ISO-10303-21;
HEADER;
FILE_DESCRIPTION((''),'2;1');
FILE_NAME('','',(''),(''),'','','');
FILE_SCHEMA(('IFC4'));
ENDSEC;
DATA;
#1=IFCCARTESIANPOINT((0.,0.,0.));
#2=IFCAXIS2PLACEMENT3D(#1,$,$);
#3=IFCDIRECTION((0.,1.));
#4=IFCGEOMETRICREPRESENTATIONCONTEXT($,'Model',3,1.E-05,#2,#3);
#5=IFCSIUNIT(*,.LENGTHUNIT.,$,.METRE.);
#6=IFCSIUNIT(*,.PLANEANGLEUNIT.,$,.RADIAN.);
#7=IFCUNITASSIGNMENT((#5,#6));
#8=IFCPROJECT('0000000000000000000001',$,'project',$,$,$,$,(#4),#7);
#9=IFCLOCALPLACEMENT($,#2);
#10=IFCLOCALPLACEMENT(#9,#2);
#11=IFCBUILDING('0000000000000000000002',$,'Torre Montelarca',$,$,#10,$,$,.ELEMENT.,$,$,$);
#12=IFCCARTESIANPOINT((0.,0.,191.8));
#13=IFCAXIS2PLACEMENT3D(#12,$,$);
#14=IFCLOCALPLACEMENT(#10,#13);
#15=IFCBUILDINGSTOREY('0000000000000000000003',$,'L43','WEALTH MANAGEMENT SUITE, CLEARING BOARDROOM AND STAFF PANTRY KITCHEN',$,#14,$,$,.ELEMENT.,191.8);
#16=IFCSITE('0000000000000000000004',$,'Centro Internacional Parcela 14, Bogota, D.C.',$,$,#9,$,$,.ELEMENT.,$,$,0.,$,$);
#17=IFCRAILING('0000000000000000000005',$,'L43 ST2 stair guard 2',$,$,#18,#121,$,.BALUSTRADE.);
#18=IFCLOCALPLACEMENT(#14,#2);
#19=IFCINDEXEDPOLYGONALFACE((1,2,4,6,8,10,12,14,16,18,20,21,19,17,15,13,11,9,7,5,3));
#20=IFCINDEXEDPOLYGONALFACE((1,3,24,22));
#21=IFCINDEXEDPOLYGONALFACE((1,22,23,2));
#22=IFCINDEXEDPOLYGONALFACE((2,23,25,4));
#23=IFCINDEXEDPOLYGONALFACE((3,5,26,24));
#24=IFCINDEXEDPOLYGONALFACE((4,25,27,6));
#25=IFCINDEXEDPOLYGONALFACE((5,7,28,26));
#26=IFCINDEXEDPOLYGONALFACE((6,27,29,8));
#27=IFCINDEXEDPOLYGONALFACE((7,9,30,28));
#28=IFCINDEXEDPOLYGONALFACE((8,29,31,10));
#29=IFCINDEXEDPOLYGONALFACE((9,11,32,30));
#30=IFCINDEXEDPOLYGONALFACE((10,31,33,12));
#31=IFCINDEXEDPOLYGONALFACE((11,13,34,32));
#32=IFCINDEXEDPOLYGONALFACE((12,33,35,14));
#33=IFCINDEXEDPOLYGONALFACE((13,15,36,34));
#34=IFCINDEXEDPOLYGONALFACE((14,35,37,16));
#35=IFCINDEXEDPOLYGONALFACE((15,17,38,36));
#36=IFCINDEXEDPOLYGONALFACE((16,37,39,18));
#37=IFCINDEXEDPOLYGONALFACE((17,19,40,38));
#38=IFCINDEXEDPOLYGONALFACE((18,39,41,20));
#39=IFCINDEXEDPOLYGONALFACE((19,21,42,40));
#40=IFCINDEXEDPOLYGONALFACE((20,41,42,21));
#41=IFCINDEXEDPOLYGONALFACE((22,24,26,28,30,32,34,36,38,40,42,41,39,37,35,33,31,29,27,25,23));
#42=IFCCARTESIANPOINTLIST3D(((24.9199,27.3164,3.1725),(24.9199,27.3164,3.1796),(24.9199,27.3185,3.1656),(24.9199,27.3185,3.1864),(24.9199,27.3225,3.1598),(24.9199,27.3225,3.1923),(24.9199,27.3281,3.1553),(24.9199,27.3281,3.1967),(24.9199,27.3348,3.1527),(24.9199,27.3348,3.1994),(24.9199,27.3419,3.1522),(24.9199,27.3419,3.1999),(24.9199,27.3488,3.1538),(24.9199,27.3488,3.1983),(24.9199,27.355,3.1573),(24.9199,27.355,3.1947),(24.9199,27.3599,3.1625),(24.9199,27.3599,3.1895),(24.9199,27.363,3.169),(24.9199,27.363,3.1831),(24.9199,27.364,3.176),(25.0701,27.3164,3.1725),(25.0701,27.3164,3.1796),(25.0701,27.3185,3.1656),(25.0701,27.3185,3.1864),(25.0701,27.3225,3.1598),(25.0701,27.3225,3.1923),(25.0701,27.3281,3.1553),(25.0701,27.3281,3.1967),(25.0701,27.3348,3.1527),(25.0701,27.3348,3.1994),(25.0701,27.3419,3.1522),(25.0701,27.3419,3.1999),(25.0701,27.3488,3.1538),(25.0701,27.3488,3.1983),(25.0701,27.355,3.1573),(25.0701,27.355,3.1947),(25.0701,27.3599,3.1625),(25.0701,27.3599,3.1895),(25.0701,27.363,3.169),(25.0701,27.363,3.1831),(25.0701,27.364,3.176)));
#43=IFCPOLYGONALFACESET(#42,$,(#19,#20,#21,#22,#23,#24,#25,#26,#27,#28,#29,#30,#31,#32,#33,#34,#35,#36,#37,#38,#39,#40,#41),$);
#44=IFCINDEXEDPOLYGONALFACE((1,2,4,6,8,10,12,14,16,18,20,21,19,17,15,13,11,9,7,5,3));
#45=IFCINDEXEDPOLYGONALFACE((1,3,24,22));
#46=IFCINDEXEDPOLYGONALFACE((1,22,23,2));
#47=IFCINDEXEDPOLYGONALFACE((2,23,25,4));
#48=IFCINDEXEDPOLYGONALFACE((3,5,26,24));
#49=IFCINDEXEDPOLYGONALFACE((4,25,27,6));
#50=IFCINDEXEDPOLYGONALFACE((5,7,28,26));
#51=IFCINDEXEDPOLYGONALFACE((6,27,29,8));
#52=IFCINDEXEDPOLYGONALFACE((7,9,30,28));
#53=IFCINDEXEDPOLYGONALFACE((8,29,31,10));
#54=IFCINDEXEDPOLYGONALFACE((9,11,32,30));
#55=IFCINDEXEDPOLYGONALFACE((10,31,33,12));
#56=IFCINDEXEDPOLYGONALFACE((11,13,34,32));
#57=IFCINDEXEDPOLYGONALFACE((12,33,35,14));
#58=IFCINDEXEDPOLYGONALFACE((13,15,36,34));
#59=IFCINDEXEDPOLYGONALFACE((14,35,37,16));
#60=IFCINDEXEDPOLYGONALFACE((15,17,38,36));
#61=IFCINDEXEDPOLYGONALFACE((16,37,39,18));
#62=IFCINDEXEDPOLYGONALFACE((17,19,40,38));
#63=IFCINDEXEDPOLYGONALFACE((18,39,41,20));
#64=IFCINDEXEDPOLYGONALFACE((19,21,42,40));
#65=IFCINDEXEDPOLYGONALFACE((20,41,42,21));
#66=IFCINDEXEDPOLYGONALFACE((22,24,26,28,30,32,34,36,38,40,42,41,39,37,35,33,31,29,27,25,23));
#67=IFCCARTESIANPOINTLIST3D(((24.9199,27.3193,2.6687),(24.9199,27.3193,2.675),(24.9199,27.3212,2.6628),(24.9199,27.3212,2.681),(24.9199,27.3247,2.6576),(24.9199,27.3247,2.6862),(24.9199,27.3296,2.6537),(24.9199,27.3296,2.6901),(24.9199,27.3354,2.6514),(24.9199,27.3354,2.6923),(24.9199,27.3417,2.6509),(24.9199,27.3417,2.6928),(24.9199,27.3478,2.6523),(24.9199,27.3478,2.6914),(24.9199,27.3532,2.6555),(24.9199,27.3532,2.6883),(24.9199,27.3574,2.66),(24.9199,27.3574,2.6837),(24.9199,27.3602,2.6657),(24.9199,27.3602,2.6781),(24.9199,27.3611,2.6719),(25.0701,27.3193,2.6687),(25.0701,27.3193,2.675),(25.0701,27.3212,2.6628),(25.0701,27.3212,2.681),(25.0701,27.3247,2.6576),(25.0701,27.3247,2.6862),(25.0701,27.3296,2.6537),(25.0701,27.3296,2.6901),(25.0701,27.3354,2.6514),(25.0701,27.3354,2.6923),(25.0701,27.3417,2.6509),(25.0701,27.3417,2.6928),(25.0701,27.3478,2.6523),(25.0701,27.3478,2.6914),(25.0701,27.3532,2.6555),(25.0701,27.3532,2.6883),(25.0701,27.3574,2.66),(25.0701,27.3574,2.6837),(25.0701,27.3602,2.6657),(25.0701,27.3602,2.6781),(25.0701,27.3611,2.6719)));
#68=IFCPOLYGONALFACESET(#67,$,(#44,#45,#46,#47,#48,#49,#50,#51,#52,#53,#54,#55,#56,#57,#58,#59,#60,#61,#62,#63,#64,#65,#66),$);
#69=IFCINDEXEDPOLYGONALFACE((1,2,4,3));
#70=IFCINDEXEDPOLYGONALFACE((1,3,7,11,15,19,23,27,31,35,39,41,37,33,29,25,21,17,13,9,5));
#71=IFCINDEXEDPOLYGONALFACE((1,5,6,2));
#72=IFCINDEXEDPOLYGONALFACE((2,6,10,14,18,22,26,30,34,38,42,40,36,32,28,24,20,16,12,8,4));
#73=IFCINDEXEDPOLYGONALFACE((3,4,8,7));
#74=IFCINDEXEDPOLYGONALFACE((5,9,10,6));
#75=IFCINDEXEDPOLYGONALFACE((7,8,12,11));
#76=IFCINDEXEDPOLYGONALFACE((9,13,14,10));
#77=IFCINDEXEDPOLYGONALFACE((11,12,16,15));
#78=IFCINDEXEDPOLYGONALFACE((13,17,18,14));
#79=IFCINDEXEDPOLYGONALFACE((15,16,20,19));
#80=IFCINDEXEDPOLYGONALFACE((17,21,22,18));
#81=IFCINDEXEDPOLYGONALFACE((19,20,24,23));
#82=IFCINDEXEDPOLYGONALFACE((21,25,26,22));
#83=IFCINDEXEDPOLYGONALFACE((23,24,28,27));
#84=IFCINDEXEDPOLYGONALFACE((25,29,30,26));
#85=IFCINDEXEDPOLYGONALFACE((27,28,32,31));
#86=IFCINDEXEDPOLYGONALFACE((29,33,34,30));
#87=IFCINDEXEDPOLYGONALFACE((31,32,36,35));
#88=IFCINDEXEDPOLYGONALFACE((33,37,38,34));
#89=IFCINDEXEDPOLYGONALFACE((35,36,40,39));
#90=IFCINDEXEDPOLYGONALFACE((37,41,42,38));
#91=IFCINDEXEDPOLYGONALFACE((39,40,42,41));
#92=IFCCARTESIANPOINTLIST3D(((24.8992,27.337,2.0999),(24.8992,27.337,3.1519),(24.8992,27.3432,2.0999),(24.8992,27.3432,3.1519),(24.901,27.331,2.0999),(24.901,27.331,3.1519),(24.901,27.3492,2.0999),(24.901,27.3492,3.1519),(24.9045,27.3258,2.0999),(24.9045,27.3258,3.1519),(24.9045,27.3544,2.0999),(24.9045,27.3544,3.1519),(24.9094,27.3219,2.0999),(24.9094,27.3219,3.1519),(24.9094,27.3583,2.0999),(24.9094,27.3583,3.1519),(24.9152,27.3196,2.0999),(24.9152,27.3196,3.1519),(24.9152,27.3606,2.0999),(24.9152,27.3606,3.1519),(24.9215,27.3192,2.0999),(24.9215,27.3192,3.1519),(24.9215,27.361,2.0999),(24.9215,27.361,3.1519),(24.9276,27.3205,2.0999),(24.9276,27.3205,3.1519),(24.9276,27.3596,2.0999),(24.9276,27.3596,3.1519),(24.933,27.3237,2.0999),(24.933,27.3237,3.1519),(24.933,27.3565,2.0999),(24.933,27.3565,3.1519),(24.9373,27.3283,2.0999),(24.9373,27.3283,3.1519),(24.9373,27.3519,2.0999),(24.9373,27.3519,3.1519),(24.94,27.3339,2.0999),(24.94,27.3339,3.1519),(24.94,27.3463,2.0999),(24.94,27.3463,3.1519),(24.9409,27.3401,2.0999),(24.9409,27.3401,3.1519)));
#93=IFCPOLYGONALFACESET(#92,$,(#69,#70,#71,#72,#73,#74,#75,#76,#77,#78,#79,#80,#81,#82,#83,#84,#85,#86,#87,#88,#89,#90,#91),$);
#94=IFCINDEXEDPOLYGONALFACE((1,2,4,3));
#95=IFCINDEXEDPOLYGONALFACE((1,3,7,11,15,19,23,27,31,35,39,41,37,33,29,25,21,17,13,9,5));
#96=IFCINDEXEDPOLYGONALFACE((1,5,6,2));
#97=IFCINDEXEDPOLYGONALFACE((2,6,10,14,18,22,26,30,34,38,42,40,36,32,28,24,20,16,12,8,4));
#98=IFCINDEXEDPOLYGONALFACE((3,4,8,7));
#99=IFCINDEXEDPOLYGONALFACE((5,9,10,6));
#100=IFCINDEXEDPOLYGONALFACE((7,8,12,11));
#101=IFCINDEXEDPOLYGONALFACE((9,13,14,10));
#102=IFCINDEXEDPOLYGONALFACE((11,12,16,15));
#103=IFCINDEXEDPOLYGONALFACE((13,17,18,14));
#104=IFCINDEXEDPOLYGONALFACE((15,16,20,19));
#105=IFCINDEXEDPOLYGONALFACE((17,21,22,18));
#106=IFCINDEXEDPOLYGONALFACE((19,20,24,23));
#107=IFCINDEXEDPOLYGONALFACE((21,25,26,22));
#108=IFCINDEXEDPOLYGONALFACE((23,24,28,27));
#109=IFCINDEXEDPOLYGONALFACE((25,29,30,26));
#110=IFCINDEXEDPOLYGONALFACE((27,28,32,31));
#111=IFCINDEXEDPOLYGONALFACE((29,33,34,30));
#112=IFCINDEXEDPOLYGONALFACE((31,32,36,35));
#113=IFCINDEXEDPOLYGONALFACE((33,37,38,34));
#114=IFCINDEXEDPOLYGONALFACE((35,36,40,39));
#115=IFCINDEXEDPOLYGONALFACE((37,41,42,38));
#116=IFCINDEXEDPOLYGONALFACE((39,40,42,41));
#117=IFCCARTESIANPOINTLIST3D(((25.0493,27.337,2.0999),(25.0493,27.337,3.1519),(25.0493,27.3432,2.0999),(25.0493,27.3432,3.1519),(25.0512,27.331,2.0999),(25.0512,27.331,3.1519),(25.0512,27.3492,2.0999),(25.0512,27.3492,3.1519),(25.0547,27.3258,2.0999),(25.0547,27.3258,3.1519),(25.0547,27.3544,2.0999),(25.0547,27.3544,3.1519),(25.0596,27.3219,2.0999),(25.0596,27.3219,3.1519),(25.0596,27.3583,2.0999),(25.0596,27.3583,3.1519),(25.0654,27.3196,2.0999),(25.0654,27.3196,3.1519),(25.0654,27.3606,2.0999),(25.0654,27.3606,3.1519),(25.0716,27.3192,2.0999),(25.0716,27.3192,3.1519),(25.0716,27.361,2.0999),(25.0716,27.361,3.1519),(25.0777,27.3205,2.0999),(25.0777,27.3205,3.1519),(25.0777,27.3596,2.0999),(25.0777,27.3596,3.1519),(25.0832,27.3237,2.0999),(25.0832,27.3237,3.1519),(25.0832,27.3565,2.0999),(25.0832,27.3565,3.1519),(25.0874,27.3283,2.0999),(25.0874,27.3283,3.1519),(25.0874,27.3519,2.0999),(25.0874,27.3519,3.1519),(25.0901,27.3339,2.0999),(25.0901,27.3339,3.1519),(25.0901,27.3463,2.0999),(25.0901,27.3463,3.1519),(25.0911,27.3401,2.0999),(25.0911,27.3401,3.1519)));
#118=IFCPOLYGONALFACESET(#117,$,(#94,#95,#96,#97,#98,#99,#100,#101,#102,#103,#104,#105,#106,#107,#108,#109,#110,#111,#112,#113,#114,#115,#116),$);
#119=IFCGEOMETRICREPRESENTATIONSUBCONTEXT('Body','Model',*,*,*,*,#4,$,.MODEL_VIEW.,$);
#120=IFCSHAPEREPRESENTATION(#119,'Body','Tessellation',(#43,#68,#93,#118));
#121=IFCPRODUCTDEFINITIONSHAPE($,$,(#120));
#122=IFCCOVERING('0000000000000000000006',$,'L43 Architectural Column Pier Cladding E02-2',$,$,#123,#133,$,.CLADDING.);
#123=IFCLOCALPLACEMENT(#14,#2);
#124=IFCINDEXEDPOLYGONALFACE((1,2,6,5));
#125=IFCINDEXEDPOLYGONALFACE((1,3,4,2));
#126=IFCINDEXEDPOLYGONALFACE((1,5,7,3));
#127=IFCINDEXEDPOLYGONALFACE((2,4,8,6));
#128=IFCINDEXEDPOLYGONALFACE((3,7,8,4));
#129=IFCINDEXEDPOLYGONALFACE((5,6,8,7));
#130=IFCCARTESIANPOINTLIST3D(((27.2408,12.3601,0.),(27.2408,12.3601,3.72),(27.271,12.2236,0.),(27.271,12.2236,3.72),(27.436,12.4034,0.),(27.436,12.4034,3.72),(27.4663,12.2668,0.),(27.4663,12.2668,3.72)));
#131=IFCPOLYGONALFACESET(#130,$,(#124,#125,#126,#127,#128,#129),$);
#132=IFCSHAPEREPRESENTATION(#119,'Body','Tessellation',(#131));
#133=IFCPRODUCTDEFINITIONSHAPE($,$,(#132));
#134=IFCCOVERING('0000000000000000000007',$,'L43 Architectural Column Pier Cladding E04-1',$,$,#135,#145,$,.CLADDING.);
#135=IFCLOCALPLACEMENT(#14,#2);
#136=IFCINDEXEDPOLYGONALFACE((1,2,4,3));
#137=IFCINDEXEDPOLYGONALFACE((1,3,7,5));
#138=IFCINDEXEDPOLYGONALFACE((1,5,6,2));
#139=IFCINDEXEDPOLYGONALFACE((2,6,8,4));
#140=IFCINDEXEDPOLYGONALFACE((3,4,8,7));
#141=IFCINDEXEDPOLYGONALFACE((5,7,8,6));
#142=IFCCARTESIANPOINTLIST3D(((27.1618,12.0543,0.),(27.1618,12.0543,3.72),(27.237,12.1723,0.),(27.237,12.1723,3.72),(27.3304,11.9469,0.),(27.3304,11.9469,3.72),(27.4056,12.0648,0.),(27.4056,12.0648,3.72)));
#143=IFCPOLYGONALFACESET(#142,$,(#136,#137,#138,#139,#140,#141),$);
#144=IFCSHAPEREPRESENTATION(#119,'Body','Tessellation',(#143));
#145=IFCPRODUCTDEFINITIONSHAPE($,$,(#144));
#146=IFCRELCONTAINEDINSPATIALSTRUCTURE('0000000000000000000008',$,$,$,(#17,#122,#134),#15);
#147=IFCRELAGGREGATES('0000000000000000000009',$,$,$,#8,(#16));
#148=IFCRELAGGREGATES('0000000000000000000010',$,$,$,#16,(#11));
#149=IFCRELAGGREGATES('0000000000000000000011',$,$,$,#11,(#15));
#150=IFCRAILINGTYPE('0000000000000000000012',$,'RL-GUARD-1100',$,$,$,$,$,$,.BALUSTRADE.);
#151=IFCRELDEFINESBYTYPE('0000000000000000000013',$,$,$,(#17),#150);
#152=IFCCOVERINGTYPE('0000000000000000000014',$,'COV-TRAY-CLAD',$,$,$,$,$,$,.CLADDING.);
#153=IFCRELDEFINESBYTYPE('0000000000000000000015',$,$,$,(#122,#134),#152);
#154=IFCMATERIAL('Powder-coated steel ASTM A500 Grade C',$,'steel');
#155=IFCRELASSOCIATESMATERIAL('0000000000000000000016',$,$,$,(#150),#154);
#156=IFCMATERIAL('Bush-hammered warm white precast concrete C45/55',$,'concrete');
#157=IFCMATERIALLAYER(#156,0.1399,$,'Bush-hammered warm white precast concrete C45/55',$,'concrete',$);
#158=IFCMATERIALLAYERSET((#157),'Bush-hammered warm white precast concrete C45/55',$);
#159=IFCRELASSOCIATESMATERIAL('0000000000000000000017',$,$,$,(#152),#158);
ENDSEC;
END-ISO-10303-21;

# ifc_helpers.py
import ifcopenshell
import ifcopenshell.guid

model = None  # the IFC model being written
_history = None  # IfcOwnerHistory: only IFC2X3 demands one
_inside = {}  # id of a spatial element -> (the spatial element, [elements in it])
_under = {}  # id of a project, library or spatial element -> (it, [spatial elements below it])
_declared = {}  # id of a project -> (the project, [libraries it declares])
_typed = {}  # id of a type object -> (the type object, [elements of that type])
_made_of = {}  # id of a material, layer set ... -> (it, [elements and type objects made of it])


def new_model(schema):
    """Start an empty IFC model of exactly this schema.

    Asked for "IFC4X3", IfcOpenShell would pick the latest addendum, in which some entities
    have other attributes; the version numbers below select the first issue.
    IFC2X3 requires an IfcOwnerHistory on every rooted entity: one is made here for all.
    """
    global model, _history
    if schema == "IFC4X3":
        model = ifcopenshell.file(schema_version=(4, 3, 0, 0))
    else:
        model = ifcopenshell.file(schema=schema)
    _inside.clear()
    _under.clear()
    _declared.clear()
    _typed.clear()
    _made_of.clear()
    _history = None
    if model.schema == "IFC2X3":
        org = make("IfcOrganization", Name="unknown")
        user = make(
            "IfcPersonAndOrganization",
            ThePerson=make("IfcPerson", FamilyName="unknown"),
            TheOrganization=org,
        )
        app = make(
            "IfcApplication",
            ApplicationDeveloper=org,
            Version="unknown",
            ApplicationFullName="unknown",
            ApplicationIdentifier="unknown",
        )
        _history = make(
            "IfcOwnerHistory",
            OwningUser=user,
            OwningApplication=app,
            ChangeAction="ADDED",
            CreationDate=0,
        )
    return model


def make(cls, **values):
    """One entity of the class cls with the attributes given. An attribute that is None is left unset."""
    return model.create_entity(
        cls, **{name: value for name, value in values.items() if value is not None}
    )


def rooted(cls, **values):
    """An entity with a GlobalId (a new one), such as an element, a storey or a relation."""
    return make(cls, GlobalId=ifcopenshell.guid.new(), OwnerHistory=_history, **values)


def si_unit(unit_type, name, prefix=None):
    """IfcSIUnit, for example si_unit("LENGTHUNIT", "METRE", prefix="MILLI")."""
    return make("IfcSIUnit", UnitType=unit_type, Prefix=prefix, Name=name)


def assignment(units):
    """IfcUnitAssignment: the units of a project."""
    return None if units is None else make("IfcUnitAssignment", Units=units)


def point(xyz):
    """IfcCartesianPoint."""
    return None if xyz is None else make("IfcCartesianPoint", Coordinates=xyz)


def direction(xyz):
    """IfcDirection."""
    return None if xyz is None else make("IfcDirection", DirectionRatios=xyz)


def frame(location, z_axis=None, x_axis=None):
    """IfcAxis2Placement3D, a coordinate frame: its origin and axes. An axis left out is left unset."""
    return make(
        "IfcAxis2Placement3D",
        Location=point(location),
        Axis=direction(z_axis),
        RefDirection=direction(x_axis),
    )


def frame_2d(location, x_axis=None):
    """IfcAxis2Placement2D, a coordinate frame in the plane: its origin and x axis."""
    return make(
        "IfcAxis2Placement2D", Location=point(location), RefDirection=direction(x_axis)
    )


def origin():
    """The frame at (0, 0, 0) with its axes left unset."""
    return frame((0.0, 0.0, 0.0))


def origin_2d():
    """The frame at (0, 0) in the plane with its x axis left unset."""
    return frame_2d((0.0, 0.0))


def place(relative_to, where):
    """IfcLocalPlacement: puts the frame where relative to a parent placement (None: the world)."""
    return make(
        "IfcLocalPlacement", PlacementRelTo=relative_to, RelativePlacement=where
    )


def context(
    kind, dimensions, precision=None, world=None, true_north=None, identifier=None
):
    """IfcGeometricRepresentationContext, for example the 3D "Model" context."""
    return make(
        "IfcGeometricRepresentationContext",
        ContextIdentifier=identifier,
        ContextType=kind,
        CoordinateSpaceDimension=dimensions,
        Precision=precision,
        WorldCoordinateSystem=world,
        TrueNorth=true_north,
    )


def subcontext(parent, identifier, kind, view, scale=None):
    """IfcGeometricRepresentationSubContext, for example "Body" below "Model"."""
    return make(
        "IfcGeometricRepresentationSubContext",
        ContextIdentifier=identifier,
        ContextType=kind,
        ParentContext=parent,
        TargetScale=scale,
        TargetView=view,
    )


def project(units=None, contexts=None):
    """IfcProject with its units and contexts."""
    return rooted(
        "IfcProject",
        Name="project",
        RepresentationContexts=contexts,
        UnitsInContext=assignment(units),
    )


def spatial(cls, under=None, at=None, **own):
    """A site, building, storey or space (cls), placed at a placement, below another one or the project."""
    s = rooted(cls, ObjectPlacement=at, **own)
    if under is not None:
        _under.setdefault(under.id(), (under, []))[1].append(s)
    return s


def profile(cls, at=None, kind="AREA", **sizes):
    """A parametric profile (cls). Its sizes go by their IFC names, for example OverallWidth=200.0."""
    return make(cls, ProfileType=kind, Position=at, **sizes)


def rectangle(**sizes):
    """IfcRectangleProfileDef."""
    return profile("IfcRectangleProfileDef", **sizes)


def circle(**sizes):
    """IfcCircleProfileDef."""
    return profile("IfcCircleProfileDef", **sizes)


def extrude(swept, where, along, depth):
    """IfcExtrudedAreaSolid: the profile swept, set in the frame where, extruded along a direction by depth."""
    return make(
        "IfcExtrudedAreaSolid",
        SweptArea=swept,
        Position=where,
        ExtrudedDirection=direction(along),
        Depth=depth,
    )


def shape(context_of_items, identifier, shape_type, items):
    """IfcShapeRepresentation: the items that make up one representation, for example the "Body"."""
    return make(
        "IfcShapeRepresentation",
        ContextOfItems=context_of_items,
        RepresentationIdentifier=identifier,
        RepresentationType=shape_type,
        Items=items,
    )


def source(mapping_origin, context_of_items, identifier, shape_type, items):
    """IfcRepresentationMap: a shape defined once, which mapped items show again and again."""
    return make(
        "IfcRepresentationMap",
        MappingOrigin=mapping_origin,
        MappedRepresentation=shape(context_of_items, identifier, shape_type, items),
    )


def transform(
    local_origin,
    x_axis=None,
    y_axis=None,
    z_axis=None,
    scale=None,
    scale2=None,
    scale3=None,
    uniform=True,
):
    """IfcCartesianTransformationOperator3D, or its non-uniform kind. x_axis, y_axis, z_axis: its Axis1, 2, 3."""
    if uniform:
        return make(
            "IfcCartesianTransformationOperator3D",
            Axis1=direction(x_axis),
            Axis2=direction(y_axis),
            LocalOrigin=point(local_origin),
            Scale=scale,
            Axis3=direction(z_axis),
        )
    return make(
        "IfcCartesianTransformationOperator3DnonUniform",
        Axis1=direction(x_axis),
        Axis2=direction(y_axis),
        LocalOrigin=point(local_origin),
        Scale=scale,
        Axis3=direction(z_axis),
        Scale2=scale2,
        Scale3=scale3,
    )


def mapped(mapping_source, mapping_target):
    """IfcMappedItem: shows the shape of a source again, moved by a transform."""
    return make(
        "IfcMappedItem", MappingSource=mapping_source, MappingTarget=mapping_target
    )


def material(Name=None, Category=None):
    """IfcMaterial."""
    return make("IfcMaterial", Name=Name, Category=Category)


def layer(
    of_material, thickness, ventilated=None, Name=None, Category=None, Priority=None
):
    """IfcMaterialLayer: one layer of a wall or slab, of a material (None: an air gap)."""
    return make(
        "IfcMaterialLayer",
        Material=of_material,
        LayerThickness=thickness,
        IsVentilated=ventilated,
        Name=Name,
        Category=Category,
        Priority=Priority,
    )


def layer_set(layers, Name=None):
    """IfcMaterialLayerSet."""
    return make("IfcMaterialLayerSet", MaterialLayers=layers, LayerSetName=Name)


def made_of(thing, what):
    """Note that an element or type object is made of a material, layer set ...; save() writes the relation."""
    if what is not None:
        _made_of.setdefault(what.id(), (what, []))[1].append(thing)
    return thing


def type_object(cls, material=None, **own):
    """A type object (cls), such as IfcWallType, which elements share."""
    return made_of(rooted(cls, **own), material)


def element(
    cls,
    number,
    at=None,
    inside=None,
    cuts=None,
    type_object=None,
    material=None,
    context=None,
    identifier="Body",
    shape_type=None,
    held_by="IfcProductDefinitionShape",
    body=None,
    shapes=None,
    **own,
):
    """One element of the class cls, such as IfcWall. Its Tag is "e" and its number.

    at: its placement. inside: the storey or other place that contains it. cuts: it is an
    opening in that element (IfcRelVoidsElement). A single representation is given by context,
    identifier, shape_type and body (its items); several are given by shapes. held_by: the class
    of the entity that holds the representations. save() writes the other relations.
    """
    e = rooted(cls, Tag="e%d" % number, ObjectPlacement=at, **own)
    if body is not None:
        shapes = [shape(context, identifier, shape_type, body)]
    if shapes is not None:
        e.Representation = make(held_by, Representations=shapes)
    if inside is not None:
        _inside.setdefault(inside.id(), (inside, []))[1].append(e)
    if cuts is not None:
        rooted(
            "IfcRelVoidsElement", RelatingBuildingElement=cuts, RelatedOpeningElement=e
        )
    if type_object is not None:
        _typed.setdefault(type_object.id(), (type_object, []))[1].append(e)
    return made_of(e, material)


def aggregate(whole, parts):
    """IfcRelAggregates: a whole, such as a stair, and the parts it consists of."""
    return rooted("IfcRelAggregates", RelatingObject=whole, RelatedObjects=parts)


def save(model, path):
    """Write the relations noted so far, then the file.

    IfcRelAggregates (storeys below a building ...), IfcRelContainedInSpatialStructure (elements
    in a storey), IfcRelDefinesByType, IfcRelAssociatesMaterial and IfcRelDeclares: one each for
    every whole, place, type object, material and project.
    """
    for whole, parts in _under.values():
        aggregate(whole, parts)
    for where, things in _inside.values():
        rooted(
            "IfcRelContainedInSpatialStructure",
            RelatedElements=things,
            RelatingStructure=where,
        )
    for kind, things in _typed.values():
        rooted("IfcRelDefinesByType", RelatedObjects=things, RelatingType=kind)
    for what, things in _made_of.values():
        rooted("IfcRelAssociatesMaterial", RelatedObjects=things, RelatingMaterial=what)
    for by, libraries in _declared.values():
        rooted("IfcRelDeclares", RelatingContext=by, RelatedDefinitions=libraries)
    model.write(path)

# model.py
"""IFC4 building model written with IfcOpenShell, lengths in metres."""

from ifc_helpers import new_model, si_unit, direction, frame, origin, origin_2d, place, context, subcontext, project, spatial, rectangle, circle, extrude, source, transform, mapped, material, layer, layer_set, type_object, element, save


model = new_model("IFC4")

# Units and contexts
model_context = context("Model", 3, precision=1e-05, world=origin(), true_north=direction((0.0, 1.0)))
body_context = subcontext(model_context, "Body", "Model", "MODEL_VIEW")
ifc_project = project(units=[si_unit("LENGTHUNIT", "METRE"), si_unit("PLANEANGLEUNIT", "RADIAN")], contexts=[model_context])

# Site, building, storey
site_placement = place(None, origin())
site = spatial("IfcSite", under=ifc_project, at=site_placement, Name="Centro Internacional Parcela 14, Bogota, D.C.", CompositionType="ELEMENT", RefElevation=0.0)
building_placement = place(site_placement, origin())
building = spatial("IfcBuilding", under=site, at=building_placement, Name="Torre Montelarca", CompositionType="ELEMENT")
storey_placement = place(building_placement, frame((0.0, 0.0, 191.8)))
storey = spatial("IfcBuildingStorey", under=building, at=storey_placement, Name="L43", Description="WEALTH MANAGEMENT SUITE, CLEARING BOARDROOM AND STAFF PANTRY KITCHEN", CompositionType="ELEMENT", Elevation=191.8)

# Railing
ifc_material_1 = material(Name="Powder-coated steel ASTM A500 Grade C", Category="steel")
railing_type = type_object("IfcRailingType", Name="RL-GUARD-1100", PredefinedType="BALUSTRADE", material=ifc_material_1)
railing_placement = place(storey_placement, frame((24.9199, 27.3401, 2.0999)))
element("IfcRailing", 1, at=railing_placement, inside=storey, type_object=railing_type, Name="L43 ST2 stair guard 2", PredefinedType="BALUSTRADE", context=body_context, shape_type="SweptSolid", body=[
    extrude(circle(Radius=0.0239, at=origin_2d()), frame((0.0, 0.0, 1.0762), z_axis=(1.0, 0.0, 0.0), x_axis=(0.0, 1.0, 0.0)), (0.0, 0.0, 1.0), 0.1501),
    extrude(circle(Radius=0.021, at=origin_2d()), frame((0.0, 0.0, 0.572), z_axis=(1.0, 0.0, 0.0), x_axis=(0.0, 1.0, 0.0)), (0.0, 0.0, 1.0), 0.1501),
    extrude(circle(Radius=0.021, at=origin_2d()), origin(), (0.0, 0.0, 1.0), 1.052),
    extrude(circle(Radius=0.021, at=origin_2d()), frame((0.1501, 0.0, 0.0)), (0.0, 0.0, 1.0), 1.052),
])

# Coverings
ifc_material_2 = material(Name="Bush-hammered warm white precast concrete C45/55", Category="concrete")
ifc_layer_1 = layer(ifc_material_2, 0.1399, Name="Bush-hammered warm white precast concrete C45/55", Category="concrete")
ifc_layer_set_1 = layer_set([ifc_layer_1], Name="Bush-hammered warm white precast concrete C45/55")
covering_type = type_object("IfcCoveringType", Name="COV-TRAY-CLAD", PredefinedType="CLADDING", material=ifc_layer_set_1)
shared_shape_1 = source(origin(), body_context, "Body", "SweptSolid", [
    extrude(rectangle(XDim=0.2, YDim=0.1399, at=origin_2d()), origin(), (0.0, 0.0, 1.0), 3.72),
])
for number, where, z_axis, x_axis, name in (
    (2, (27.3535, 12.3135, 0.0), (0.0, 0.0, 1.0), (0.976299, 0.216424, 0.0), "L43 Architectural Column Pier Cladding E02-2"),
    (3, (27.2837, 12.0596, 0.0), (0.0, 0.0, 1.0), (0.843385, -0.53731, 0.0), "L43 Architectural Column Pier Cladding E04-1"),
):
    element("IfcCovering", number, at=place(storey_placement, frame(where, z_axis=z_axis, x_axis=x_axis)), inside=storey, type_object=covering_type, Name=name, PredefinedType="CLADDING", context=body_context, shape_type="MappedRepresentation", body=[
        mapped(shared_shape_1, transform((0.0, 0.0, 0.0), scale=1.0)),
    ])

save(model, "model.ifc")
